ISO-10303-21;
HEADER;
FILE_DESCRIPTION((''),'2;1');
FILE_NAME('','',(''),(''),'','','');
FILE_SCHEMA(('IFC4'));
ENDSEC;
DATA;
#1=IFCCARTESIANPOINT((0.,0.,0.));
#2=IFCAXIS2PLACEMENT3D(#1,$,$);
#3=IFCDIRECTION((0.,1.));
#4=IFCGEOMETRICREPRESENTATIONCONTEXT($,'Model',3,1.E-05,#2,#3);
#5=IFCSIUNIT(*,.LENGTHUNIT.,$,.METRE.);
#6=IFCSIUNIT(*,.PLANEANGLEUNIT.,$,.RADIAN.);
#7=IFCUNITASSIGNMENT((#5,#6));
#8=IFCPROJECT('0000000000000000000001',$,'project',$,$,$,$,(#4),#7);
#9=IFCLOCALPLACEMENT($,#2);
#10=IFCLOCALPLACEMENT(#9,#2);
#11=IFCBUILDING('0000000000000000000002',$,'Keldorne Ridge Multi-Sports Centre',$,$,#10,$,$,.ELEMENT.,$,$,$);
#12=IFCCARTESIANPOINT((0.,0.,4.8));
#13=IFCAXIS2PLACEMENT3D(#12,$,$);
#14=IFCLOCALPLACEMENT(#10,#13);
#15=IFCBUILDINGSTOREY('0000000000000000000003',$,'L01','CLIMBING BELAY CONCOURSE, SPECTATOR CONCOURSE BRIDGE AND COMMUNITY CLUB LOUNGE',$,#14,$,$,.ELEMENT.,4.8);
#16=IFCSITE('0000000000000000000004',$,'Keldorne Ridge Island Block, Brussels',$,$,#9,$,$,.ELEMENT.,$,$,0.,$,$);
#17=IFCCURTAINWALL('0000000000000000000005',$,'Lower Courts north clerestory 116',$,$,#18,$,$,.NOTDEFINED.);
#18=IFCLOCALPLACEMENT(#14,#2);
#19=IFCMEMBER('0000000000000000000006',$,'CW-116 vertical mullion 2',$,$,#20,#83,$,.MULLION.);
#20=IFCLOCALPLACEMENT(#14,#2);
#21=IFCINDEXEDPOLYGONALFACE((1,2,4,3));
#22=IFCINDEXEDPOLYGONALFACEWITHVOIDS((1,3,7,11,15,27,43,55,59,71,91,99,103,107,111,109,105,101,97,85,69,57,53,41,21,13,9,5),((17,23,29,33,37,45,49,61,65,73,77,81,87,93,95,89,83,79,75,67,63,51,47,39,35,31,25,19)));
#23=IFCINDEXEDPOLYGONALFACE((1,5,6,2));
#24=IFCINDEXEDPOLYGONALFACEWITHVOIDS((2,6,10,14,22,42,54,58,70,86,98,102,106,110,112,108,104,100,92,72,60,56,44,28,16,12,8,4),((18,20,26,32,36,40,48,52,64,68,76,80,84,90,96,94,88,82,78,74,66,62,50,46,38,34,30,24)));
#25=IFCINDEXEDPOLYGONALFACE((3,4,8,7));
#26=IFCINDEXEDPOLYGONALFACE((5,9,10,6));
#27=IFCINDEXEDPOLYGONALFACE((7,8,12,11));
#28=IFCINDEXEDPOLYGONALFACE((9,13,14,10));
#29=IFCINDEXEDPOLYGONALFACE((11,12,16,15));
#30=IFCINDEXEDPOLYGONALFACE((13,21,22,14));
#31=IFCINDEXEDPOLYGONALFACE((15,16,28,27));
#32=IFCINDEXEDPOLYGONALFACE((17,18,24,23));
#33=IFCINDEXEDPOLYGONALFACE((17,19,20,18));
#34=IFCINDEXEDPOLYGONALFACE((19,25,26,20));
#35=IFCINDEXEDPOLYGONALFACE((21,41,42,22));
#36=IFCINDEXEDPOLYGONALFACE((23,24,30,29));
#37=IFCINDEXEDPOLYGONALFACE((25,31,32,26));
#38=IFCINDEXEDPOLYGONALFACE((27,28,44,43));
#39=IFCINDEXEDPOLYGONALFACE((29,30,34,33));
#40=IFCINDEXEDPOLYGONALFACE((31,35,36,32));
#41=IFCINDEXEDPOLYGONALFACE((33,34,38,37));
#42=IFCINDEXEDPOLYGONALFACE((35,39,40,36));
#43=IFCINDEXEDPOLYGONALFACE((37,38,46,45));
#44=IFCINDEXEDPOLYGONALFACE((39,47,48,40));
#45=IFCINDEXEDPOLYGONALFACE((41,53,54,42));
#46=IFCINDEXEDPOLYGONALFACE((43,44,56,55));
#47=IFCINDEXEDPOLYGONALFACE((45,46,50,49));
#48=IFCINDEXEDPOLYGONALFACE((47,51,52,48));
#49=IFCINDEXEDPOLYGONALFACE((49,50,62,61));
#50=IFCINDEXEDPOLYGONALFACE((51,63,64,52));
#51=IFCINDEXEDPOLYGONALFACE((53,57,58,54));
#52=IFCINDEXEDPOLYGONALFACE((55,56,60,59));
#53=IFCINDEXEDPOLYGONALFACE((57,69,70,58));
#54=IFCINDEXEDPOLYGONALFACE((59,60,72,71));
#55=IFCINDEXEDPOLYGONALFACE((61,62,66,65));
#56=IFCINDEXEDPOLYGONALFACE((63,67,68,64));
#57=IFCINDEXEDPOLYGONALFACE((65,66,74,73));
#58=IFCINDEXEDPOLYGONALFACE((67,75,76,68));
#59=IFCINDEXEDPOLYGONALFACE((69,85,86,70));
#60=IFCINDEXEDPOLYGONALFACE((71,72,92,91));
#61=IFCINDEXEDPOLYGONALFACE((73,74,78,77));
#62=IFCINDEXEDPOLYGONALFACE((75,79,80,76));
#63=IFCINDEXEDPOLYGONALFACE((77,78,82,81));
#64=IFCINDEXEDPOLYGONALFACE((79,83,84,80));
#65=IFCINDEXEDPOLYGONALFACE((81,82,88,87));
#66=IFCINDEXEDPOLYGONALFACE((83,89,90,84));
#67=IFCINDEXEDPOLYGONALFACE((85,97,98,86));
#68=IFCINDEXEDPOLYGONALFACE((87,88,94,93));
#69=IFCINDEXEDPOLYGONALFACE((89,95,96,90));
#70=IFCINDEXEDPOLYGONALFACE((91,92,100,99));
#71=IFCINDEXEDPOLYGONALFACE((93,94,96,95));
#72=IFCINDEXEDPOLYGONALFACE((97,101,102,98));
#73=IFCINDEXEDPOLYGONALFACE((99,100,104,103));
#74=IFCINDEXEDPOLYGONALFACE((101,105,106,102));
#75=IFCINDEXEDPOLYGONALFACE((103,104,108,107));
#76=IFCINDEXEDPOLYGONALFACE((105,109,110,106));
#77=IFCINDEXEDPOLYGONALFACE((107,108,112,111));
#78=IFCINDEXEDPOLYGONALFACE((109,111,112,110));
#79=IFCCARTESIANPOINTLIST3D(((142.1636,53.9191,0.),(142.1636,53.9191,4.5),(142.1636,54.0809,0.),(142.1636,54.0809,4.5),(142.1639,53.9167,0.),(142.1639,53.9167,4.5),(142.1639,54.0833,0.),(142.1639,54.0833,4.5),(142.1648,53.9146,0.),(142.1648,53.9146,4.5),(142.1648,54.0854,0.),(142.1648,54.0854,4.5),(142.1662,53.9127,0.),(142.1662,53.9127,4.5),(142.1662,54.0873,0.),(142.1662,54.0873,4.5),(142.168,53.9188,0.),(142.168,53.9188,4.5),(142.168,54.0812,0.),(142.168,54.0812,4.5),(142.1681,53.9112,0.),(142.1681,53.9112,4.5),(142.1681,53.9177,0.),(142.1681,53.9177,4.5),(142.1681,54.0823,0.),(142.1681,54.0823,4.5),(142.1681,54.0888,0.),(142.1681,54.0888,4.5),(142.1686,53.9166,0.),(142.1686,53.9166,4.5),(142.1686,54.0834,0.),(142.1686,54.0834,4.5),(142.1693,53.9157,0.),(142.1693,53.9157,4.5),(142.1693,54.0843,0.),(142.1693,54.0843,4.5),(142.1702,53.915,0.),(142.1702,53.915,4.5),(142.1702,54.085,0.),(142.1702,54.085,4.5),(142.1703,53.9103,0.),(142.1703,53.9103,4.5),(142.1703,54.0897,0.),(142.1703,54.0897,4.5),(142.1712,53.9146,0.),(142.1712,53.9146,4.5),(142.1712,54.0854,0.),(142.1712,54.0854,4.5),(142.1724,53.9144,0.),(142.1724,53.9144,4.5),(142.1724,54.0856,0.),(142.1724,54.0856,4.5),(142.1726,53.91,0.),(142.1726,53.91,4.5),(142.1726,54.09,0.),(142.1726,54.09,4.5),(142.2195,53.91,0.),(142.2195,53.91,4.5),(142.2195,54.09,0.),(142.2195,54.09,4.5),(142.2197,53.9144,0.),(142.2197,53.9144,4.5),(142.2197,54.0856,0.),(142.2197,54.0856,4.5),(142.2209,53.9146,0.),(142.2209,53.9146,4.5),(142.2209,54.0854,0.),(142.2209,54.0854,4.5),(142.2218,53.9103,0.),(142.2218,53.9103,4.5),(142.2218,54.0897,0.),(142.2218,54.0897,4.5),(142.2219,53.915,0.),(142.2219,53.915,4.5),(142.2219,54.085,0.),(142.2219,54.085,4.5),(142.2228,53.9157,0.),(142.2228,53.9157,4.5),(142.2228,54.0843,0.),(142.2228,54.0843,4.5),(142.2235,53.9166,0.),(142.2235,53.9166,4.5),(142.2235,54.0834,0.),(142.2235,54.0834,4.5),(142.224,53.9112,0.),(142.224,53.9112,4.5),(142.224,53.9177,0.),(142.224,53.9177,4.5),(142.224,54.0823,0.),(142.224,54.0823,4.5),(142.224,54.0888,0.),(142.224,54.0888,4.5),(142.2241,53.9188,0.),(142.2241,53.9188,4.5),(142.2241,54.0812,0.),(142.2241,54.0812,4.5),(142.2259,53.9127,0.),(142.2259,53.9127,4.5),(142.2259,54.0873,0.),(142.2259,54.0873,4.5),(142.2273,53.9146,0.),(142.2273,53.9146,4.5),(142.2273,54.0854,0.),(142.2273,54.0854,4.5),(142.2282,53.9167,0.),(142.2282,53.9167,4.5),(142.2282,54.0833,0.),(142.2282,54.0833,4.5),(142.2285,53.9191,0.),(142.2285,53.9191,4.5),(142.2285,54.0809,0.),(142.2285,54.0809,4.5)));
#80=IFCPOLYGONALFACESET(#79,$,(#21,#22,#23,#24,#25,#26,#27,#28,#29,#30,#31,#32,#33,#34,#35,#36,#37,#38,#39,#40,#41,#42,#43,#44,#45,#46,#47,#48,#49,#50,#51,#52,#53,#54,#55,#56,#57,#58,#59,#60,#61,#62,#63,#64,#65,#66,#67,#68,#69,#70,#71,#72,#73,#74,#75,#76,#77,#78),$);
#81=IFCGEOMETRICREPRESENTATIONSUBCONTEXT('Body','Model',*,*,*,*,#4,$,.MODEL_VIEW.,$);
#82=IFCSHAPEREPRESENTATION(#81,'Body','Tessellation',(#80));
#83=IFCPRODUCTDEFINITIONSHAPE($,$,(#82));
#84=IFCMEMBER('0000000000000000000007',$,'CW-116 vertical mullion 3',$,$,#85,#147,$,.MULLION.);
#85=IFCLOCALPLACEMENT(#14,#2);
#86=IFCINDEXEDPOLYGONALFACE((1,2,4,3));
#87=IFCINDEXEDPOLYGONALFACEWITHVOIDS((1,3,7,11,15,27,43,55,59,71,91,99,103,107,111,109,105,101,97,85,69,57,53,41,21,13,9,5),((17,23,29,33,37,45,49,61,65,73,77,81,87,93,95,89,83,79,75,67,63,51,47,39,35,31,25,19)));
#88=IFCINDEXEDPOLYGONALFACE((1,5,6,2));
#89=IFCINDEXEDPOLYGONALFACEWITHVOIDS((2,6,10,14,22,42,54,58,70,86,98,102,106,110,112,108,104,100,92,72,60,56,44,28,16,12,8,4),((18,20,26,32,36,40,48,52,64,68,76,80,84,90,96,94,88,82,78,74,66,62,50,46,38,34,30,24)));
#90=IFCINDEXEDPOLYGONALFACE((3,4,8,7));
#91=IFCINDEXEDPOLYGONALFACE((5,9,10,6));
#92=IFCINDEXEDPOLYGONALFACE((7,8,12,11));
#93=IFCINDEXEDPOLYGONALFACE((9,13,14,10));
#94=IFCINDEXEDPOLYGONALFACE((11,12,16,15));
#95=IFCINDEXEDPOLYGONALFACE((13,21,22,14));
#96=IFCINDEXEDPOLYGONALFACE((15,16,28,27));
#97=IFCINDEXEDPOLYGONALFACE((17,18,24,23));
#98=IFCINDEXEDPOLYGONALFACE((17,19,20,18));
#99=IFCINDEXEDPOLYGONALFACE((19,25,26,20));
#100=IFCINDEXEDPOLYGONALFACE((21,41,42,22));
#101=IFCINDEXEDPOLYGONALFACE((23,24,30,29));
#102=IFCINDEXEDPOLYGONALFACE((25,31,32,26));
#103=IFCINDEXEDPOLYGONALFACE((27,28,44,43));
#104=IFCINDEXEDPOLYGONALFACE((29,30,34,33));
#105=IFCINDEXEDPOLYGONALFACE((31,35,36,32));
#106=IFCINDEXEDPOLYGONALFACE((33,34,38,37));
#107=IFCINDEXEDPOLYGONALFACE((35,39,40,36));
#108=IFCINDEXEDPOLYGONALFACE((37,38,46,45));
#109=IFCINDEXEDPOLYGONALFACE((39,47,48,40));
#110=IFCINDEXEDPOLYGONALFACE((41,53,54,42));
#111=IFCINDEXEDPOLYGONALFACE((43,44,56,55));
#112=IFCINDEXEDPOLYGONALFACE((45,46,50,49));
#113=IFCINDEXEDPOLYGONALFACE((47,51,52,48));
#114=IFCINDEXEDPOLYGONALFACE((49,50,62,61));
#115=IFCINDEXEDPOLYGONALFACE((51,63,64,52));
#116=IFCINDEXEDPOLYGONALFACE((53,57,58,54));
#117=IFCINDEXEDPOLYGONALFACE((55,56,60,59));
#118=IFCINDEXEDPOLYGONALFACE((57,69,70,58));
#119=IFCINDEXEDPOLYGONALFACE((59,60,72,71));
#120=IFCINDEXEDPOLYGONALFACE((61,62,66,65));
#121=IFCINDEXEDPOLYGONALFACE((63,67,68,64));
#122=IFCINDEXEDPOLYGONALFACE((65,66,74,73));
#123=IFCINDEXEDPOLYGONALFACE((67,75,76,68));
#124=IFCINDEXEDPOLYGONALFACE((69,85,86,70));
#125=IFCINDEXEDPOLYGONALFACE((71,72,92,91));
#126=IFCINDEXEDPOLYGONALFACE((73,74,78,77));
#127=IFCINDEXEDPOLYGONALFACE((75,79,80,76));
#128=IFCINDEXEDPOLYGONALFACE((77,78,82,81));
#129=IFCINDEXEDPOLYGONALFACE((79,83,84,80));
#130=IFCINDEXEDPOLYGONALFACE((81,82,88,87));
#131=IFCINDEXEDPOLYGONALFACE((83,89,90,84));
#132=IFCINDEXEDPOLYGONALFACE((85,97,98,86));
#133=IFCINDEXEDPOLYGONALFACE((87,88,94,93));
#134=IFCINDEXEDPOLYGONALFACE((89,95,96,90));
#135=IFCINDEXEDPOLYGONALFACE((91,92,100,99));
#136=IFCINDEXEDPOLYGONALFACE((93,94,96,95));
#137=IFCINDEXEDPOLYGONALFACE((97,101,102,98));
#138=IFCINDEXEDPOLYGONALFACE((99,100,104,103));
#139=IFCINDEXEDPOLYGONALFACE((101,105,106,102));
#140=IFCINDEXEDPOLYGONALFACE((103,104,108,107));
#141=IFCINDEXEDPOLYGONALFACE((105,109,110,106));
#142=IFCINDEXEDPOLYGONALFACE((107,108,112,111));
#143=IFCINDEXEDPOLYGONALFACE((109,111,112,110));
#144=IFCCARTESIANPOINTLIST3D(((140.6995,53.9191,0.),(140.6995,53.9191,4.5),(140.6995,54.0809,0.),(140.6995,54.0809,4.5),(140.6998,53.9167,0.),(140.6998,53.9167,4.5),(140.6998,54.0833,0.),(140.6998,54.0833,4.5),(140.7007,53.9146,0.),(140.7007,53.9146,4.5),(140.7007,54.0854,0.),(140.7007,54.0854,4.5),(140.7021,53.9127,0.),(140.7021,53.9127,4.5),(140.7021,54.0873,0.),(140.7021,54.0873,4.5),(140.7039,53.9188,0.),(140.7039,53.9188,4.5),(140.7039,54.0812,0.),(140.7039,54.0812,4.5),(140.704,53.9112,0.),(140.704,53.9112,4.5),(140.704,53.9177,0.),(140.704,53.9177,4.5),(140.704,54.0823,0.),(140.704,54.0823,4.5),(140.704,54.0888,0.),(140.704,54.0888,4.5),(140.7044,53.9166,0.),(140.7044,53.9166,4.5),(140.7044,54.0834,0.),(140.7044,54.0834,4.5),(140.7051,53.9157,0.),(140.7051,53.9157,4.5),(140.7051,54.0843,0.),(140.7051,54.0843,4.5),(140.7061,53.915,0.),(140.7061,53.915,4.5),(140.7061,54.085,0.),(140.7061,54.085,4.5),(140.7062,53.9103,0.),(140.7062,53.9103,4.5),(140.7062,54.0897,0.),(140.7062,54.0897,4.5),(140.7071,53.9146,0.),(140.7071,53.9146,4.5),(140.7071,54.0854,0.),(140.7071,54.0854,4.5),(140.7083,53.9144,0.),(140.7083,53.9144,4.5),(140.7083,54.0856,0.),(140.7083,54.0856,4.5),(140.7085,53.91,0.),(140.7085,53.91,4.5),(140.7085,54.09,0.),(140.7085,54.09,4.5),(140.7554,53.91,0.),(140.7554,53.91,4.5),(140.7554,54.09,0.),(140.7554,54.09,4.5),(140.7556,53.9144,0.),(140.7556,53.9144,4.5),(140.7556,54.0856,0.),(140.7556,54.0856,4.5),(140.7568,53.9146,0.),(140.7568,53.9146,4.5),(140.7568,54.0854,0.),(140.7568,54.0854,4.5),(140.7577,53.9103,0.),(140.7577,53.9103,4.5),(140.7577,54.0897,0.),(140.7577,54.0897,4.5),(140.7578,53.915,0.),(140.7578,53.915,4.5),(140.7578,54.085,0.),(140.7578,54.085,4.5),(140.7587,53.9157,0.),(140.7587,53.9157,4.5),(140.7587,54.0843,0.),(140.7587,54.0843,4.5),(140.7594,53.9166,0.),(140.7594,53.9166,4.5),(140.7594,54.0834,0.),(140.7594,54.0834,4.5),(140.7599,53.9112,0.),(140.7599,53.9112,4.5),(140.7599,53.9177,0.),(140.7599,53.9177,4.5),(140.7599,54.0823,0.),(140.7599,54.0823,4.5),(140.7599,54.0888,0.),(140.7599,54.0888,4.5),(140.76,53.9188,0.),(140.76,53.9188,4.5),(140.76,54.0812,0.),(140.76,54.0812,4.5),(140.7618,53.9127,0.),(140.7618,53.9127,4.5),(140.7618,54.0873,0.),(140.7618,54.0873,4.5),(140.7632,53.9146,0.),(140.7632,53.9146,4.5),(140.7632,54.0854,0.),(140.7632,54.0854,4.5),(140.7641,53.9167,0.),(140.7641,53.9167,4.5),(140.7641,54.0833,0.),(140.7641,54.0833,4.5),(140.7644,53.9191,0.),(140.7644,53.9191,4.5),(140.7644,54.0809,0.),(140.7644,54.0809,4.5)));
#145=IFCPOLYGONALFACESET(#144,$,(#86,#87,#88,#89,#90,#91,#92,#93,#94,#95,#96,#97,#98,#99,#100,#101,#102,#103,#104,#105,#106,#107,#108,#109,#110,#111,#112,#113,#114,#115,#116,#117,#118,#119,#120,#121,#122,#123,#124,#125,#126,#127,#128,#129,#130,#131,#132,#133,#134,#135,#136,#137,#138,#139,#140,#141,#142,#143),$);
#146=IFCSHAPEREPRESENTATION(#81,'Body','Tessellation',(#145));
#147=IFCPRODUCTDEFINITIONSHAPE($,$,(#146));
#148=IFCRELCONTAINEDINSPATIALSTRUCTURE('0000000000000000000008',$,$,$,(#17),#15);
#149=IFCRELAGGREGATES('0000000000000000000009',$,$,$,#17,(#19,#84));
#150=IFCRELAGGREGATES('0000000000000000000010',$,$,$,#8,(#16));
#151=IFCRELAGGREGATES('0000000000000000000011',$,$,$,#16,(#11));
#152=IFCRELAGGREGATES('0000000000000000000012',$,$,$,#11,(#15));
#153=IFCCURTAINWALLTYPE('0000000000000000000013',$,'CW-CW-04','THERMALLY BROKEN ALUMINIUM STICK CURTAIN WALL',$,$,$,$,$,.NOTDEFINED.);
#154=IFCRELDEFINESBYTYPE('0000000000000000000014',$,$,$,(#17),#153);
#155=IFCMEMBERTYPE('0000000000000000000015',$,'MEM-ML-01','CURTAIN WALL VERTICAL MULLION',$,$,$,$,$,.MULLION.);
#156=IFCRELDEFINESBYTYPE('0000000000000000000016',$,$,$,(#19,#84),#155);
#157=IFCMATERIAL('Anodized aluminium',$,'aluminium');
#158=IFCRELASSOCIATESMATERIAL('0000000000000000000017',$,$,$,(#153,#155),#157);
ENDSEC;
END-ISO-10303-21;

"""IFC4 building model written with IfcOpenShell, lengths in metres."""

from ifc_helpers import new_model, si_unit, direction, frame, origin, origin_2d, place, context, subcontext, project, spatial, hollow_rectangle, extrude, material, material_profile, profile_set, type_object, element, aggregate, save


model = new_model("IFC4")

# Units and contexts
model_context = context("Model", 3, precision=1e-05, world=origin(), true_north=direction((0.0, 1.0)))
body_context = subcontext(model_context, "Body", "Model", "MODEL_VIEW")
ifc_project = project(units=[si_unit("LENGTHUNIT", "METRE"), si_unit("PLANEANGLEUNIT", "RADIAN")], contexts=[model_context])

# Site, building, storey
site_placement = place(None, origin())
site = spatial("IfcSite", under=ifc_project, at=site_placement, Name="Keldorne Ridge Island Block, Brussels", CompositionType="ELEMENT", RefElevation=0.0)
building_placement = place(site_placement, origin())
building = spatial("IfcBuilding", under=site, at=building_placement, Name="Keldorne Ridge Multi-Sports Centre", CompositionType="ELEMENT")
storey_placement = place(building_placement, frame((0.0, 0.0, 4.8)))
storey = spatial("IfcBuildingStorey", under=building, at=storey_placement, Name="L01", Description="CLIMBING BELAY CONCOURSE, SPECTATOR CONCOURSE BRIDGE AND COMMUNITY CLUB LOUNGE", CompositionType="ELEMENT", Elevation=4.8)

# Curtain wall, members
ifc_material_1 = material(Name="Anodized aluminium", Category="aluminium")
curtain_wall_type = type_object("IfcCurtainWallType", Name="CW-CW-04", Description="THERMALLY BROKEN ALUMINIUM STICK CURTAIN WALL", PredefinedType="NOTDEFINED", material=ifc_material_1)
curtain_wall_placement = place(storey_placement, origin())
curtain_wall = element("IfcCurtainWall", 1, at=curtain_wall_placement, inside=storey, type_object=curtain_wall_type, Name="Lower Courts north clerestory 116", PredefinedType="NOTDEFINED")
ifc_material_profile_1 = material_profile(ifc_material_1, hollow_rectangle(XDim=0.0649, YDim=0.1799, WallThickness=0.0044, InnerFilletRadius=0.0044, OuterFilletRadius=0.009, at=origin_2d()), Name="ALU MULLION 180x65x4.5")
ifc_profile_set_1 = profile_set([ifc_material_profile_1], Name="Anodized aluminium")
member_type_1 = type_object("IfcMemberType", Name="MEM-ML-01", Description="CURTAIN WALL VERTICAL MULLION", PredefinedType="MULLION", material=ifc_profile_set_1)
member_1_placement = place(storey_placement, frame((142.196, 54.0, 0.0), z_axis=(0.0, 0.0, 1.0), x_axis=(1.0, 0.0, 0.0)))
member_1 = element("IfcMember", 2, at=member_1_placement, type_object=member_type_1, Name="CW-116 vertical mullion 2", PredefinedType="MULLION", context=body_context, shape_type="SweptSolid", body=[
    extrude(hollow_rectangle(XDim=0.0649, YDim=0.1799, WallThickness=0.0044, InnerFilletRadius=0.0044, OuterFilletRadius=0.009, at=origin_2d()), origin(), (0.0, 0.0, 1.0), 4.5),
])
member_2_placement = place(storey_placement, frame((140.7319, 54.0, 0.0), z_axis=(0.0, 0.0, 1.0), x_axis=(1.0, 0.0, 0.0)))
member_2 = element("IfcMember", 3, at=member_2_placement, type_object=member_type_1, Name="CW-116 vertical mullion 3", PredefinedType="MULLION", context=body_context, shape_type="SweptSolid", body=[
    extrude(hollow_rectangle(XDim=0.0649, YDim=0.1799, WallThickness=0.0044, InnerFilletRadius=0.0044, OuterFilletRadius=0.009, at=origin_2d()), origin(), (0.0, 0.0, 1.0), 4.5),
])

aggregate(curtain_wall, [member_1, member_2])

save(model, "model.ifc")
